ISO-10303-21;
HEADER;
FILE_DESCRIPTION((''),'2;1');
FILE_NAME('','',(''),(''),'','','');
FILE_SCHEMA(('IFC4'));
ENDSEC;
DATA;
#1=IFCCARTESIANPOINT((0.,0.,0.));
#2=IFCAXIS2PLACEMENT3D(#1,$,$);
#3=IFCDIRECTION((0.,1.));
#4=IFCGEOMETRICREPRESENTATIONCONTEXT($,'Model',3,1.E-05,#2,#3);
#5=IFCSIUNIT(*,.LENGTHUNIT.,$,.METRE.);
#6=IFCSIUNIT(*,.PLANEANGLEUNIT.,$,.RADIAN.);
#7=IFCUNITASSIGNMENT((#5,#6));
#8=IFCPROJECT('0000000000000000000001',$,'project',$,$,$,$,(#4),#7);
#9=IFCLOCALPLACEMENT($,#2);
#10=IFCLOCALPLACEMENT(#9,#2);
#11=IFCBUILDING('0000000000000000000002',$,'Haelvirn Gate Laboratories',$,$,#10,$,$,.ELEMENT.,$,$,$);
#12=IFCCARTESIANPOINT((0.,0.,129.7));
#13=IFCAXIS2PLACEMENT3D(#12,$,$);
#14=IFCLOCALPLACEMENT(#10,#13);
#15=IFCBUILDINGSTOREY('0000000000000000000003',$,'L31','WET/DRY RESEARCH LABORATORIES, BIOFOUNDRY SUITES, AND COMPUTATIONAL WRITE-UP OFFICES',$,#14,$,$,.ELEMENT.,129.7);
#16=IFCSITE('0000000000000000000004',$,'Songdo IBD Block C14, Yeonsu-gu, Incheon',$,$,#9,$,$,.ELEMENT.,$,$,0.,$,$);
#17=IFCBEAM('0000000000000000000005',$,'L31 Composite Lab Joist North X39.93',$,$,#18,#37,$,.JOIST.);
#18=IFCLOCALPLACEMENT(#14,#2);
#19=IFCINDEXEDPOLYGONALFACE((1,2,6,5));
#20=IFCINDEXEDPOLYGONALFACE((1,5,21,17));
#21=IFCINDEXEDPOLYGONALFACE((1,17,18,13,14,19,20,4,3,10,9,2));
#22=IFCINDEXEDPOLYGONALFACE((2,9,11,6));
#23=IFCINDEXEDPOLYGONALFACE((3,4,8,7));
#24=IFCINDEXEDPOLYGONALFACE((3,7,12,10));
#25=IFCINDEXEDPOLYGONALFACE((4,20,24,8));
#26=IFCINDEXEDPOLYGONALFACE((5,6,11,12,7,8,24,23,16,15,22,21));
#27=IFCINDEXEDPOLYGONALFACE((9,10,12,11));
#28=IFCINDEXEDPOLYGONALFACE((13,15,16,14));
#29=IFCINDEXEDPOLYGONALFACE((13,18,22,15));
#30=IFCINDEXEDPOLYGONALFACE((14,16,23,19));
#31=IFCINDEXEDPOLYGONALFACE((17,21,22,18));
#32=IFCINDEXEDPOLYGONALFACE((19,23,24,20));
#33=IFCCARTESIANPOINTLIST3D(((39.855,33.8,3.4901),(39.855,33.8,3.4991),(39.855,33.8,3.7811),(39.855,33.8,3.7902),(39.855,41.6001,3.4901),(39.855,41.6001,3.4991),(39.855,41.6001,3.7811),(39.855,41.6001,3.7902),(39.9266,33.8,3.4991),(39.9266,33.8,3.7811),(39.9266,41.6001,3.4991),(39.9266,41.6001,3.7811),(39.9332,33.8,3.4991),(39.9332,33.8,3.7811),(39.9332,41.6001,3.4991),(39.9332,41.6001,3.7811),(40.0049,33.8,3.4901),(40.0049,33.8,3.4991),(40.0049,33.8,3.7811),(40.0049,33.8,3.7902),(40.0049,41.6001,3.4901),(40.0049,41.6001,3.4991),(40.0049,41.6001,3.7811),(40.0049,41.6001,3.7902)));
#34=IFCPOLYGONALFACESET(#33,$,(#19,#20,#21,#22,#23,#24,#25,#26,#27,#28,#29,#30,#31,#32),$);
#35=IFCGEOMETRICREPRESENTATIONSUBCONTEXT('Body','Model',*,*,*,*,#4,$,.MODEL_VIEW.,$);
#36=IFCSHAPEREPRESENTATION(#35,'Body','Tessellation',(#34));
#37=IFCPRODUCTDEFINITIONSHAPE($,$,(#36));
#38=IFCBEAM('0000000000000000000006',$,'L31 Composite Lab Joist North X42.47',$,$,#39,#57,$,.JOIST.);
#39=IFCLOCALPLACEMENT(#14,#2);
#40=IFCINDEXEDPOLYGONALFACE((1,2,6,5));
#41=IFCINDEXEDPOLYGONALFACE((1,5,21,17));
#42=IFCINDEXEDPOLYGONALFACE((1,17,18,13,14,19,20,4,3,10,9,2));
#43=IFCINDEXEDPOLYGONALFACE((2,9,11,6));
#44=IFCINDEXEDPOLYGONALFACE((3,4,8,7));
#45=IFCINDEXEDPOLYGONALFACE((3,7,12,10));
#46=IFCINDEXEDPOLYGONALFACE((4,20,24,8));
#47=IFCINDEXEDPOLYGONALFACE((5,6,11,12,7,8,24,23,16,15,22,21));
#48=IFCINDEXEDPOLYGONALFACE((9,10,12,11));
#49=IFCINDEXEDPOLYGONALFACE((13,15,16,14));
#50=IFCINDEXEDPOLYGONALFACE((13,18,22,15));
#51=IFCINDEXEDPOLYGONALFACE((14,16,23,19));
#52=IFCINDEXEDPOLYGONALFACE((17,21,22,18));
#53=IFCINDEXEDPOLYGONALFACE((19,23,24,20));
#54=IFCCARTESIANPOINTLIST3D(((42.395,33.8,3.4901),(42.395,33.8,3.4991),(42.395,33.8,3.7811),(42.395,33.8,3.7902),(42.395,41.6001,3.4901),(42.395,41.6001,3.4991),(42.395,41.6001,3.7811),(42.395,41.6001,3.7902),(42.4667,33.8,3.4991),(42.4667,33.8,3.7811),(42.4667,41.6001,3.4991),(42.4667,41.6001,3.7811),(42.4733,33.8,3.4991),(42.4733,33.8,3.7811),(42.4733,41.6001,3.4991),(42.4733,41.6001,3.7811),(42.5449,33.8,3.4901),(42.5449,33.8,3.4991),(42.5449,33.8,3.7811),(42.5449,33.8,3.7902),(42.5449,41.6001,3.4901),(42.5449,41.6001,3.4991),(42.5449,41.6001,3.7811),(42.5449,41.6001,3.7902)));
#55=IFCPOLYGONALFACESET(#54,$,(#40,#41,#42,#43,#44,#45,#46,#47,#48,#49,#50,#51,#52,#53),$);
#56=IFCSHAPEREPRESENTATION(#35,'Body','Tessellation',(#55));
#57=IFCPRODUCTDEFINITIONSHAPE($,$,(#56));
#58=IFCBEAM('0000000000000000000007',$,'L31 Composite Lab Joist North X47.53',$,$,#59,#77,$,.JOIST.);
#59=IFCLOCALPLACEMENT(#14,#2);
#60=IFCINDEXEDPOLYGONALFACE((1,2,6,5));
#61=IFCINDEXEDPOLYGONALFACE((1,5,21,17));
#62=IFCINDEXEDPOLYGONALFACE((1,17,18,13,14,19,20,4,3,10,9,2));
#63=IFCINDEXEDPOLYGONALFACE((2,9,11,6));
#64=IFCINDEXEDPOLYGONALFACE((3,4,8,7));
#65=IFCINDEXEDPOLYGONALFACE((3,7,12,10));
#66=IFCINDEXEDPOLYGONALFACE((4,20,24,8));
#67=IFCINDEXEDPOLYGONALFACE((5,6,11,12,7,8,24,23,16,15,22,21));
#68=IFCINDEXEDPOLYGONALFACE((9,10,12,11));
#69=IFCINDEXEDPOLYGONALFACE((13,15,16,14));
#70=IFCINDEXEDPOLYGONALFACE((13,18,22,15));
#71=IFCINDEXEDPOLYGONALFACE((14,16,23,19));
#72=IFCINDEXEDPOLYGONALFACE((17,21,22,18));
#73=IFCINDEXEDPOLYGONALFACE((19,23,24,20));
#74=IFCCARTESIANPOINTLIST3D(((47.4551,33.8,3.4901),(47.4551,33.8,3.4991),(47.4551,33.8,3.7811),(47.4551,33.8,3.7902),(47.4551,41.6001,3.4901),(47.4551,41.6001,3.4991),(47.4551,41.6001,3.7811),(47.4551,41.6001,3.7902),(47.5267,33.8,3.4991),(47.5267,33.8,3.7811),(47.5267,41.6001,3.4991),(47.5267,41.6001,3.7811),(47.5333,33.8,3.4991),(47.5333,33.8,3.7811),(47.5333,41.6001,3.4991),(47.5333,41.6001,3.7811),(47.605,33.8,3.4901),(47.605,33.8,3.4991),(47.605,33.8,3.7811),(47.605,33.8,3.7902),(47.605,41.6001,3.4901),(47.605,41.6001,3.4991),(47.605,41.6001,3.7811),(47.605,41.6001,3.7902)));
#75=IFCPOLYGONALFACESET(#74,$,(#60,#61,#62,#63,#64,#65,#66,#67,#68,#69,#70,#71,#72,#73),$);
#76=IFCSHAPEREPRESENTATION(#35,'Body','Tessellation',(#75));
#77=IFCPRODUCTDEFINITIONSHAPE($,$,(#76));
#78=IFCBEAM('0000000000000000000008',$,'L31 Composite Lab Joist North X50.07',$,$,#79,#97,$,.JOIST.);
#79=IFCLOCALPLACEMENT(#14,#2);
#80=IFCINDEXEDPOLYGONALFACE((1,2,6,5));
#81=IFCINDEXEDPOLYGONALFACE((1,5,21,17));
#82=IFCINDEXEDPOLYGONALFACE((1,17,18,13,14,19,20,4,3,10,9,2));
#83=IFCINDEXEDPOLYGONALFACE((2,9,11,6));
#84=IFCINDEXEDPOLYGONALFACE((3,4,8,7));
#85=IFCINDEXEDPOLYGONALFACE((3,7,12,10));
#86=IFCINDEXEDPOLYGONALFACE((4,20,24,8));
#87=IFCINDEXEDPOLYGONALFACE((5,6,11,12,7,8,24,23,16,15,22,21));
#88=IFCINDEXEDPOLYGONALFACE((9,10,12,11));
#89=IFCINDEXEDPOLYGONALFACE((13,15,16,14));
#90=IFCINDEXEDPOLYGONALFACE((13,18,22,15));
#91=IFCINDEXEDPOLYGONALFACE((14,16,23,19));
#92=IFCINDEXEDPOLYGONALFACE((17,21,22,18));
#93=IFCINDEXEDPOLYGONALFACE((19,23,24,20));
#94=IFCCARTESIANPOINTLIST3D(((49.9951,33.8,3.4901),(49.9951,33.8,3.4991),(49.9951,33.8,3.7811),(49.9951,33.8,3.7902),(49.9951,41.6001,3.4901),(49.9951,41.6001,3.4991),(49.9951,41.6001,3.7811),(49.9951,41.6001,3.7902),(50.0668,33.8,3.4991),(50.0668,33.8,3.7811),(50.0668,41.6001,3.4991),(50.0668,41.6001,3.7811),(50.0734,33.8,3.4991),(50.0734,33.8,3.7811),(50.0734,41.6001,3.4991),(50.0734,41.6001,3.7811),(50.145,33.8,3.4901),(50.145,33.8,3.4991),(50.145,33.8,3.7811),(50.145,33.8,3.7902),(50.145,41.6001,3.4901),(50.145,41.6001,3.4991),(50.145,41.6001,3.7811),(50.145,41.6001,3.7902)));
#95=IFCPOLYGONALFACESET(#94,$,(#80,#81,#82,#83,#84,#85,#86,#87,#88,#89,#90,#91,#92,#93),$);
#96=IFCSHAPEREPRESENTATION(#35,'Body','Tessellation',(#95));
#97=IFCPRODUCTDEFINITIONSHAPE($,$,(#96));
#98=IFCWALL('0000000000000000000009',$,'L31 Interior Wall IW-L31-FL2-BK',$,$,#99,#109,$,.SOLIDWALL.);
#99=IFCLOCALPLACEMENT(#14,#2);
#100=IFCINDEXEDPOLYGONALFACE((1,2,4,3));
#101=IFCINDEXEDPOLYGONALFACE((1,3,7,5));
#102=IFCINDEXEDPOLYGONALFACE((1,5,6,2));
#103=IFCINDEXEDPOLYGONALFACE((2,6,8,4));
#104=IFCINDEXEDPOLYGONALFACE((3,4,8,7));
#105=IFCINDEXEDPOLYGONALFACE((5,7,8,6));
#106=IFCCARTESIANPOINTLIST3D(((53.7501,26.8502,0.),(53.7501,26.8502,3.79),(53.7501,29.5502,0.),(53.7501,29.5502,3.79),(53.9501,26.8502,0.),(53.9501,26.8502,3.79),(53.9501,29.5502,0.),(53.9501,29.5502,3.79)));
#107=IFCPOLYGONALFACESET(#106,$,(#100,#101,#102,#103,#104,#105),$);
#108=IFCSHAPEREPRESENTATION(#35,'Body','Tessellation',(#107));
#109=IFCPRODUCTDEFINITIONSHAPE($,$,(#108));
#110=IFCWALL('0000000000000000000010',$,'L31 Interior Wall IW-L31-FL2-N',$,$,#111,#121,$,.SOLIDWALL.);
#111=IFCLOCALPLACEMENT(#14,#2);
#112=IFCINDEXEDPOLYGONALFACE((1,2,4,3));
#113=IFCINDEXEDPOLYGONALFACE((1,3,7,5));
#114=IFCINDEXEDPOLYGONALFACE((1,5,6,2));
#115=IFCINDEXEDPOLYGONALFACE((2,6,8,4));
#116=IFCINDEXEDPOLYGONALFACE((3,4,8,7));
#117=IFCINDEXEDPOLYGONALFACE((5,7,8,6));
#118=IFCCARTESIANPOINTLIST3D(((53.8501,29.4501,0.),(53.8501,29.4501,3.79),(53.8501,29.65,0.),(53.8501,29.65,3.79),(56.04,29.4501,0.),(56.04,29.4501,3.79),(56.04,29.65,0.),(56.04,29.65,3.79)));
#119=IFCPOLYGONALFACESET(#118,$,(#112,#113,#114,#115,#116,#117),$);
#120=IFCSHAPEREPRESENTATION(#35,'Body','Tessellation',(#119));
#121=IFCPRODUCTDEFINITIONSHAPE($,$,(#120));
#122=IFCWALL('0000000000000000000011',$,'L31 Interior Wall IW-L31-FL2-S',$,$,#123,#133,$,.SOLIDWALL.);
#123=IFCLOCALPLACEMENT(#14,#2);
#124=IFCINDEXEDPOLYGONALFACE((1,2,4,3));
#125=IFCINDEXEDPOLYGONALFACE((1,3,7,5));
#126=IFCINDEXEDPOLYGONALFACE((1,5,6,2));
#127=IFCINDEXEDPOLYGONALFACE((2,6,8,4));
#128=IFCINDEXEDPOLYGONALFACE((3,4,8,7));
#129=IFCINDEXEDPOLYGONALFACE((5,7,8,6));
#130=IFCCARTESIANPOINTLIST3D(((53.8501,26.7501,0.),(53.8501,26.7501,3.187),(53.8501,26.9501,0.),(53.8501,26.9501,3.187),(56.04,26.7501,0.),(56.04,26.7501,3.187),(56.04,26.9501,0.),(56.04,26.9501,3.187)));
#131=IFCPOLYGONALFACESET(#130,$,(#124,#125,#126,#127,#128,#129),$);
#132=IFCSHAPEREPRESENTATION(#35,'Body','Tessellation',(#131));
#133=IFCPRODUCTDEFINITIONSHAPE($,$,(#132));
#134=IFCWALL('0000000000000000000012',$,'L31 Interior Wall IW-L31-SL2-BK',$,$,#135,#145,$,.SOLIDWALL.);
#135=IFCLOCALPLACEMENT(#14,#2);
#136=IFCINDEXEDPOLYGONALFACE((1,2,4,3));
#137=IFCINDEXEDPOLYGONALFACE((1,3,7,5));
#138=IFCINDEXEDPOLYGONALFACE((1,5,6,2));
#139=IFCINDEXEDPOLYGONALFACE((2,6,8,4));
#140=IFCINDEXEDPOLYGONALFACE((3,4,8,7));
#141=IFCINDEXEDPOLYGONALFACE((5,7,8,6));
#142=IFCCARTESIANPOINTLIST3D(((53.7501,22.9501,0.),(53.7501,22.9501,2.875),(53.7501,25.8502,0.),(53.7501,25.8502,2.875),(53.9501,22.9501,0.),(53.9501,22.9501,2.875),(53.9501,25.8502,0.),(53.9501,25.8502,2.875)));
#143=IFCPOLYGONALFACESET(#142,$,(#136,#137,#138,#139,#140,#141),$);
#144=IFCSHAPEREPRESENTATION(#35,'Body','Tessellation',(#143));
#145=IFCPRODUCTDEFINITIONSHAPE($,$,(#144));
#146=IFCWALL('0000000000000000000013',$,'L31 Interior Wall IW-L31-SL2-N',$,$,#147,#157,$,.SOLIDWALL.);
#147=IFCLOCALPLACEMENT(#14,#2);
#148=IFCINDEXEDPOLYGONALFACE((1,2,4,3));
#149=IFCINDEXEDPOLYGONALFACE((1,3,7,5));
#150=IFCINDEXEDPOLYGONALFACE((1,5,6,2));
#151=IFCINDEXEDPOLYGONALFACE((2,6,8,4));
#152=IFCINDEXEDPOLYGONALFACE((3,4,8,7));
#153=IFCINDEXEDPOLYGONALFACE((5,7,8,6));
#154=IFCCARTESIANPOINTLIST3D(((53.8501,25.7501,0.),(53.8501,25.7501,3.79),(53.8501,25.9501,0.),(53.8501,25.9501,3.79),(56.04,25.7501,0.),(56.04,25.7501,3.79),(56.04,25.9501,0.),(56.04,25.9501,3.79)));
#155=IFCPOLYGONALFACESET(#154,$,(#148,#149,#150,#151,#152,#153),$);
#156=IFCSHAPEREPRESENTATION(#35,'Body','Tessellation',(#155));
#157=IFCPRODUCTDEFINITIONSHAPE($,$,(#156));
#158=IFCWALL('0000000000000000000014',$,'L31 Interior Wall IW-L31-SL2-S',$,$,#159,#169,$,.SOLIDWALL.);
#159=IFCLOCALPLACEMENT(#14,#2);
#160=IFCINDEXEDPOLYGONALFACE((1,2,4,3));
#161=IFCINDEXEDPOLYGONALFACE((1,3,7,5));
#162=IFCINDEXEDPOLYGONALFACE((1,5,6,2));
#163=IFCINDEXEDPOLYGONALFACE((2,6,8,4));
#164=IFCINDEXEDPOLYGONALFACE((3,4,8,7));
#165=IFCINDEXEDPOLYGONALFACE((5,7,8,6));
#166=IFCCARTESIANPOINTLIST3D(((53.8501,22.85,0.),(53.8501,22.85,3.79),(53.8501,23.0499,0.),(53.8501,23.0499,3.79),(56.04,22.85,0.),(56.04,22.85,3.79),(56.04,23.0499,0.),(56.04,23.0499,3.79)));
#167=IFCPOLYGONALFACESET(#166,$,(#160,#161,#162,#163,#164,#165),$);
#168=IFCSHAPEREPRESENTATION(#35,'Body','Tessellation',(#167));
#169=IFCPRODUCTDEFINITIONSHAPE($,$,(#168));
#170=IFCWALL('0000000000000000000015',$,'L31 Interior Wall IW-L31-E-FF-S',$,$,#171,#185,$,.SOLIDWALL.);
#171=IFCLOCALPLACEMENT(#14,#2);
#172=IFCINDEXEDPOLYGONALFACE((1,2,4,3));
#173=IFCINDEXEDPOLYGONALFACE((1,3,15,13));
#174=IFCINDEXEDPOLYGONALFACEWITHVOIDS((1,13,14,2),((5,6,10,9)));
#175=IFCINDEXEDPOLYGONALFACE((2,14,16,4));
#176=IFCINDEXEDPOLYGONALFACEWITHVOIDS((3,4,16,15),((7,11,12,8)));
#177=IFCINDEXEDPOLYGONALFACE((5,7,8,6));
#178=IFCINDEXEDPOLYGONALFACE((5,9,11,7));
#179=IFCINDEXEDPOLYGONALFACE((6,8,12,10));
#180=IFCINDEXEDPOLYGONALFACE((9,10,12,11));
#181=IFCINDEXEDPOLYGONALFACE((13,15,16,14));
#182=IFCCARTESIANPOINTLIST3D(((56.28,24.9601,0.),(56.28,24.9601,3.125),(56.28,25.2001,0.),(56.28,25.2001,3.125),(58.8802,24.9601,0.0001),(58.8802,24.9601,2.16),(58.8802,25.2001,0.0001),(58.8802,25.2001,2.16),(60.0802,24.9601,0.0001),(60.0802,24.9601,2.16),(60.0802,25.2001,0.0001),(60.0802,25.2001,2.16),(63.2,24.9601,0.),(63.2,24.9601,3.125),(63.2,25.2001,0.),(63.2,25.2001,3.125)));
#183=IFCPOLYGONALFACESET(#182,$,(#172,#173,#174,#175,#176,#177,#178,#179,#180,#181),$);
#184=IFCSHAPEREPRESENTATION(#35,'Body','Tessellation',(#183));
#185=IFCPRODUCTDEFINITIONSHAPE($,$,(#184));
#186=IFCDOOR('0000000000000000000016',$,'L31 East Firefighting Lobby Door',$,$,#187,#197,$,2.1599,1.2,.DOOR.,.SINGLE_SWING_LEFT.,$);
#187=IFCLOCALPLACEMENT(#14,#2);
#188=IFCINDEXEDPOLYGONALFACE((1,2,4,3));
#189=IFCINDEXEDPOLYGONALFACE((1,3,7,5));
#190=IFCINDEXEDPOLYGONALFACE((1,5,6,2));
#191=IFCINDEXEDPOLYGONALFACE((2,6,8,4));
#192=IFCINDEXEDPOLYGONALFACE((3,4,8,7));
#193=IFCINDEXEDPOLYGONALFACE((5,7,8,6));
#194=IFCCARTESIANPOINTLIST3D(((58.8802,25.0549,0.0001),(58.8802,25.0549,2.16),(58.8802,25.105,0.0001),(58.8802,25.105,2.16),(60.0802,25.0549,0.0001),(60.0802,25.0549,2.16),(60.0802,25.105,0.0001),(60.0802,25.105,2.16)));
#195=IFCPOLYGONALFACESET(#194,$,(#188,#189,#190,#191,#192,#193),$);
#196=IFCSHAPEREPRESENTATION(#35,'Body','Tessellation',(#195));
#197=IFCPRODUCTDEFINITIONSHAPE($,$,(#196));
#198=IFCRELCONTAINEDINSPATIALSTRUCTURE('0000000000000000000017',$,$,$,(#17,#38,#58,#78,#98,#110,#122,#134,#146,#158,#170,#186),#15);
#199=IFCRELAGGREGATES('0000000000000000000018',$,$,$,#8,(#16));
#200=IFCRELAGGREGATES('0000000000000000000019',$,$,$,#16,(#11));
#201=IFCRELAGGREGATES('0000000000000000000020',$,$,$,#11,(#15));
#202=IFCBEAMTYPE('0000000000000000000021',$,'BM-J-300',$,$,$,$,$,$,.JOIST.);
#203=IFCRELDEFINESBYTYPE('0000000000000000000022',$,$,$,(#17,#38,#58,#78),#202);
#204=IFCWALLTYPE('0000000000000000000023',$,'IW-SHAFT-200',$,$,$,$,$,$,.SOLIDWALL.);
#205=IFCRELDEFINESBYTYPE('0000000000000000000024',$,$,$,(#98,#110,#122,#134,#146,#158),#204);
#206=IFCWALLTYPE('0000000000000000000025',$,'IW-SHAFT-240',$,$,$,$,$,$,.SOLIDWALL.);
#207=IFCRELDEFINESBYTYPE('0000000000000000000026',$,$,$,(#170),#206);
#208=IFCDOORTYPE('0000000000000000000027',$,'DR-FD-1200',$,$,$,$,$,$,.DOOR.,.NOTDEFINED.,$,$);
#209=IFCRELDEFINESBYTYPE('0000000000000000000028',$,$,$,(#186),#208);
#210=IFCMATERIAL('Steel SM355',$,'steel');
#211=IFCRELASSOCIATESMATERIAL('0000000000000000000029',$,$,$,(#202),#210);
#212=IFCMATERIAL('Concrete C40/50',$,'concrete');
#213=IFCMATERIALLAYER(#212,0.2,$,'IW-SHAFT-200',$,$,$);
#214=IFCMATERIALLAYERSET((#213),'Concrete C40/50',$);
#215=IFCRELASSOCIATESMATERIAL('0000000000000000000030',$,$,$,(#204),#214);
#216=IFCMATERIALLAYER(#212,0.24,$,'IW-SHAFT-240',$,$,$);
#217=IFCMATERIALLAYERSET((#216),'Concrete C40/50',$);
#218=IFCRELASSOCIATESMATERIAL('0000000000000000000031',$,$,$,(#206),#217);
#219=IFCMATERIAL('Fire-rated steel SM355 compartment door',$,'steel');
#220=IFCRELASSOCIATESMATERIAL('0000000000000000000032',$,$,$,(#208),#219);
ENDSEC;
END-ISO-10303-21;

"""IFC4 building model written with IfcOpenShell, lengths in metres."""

from ifc_helpers import new_model, si_unit, direction, frame, frame_2d, origin, origin_2d, place, context, subcontext, project, spatial, rectangle, i_section, extrude, source, transform, mapped, material, layer, layer_set, material_profile, profile_set, type_object, type_shapes, element, fill, save


model = new_model("IFC4")

# Units and contexts
model_context = context("Model", 3, precision=1e-05, world=origin(), true_north=direction((0.0, 1.0)))
body_context = subcontext(model_context, "Body", "Model", "MODEL_VIEW")
ifc_project = project(units=[si_unit("LENGTHUNIT", "METRE"), si_unit("PLANEANGLEUNIT", "RADIAN")], contexts=[model_context])

# Site, building, storey
site_placement = place(None, origin())
site = spatial("IfcSite", under=ifc_project, at=site_placement, Name="Songdo IBD Block C14, Yeonsu-gu, Incheon", CompositionType="ELEMENT", RefElevation=0.0)
building_placement = place(site_placement, origin())
building = spatial("IfcBuilding", under=site, at=building_placement, Name="Haelvirn Gate Laboratories", CompositionType="ELEMENT")
storey_placement = place(building_placement, frame((0.0, 0.0, 129.7)))
storey = spatial("IfcBuildingStorey", under=building, at=storey_placement, Name="L31", Description="WET/DRY RESEARCH LABORATORIES, BIOFOUNDRY SUITES, AND COMPUTATIONAL WRITE-UP OFFICES", CompositionType="ELEMENT", Elevation=129.7)

# Shared definitions
ifc_material_1 = material(Name="Steel SM355", Category="steel")

# Beams
ifc_material_profile_1 = material_profile(ifc_material_1, i_section(OverallWidth=0.1499, OverallDepth=0.3, WebThickness=0.0066, FlangeThickness=0.009, at=origin_2d()), Name="H-300x150x6.5x9")
ifc_profile_set_1 = profile_set([ifc_material_profile_1], Name="Steel SM355")
beam_type_1 = type_object("IfcBeamType", Name="BM-J-300", PredefinedType="JOIST", material=ifc_profile_set_1)
shared_shape_1 = source(origin(), body_context, "Body", "SweptSolid", [
    extrude(i_section(OverallWidth=0.1499, OverallDepth=0.3, WebThickness=0.0066, FlangeThickness=0.009, at=origin_2d()), origin(), (0.0, 0.0, 1.0), 7.8),
])
type_shapes(beam_type_1, [shared_shape_1])
for number, where, z_axis, x_axis, name in (
    (1, (39.9299, 33.8, 3.6401), (0.0, 1.0, 0.0), (-1.0, 0.0, 0.0), "L31 Composite Lab Joist North X39.93"),
    (2, (42.47, 33.8, 3.6401), (0.0, 1.0, 0.0), (-1.0, 0.0, 0.0), "L31 Composite Lab Joist North X42.47"),
    (3, (47.53, 33.8, 3.6401), (0.0, 1.0, 0.0), (-1.0, 0.0, 0.0), "L31 Composite Lab Joist North X47.53"),
    (4, (50.0701, 33.8, 3.6401), (0.0, 1.0, 0.0), (-1.0, 0.0, 0.0), "L31 Composite Lab Joist North X50.07"),
):
    element("IfcBeam", number, at=place(storey_placement, frame(where, z_axis=z_axis, x_axis=x_axis)), inside=storey, type_object=beam_type_1, Name=name, PredefinedType="JOIST", context=body_context, shape_type="MappedRepresentation", body=[
        mapped(shared_shape_1, transform((0.0, 0.0, 0.0), scale=1.0)),
    ])

# Walls
ifc_material_2 = material(Name="Concrete C40/50", Category="concrete")
ifc_layer_1 = layer(ifc_material_2, 0.2, Name="IW-SHAFT-200")
ifc_layer_set_1 = layer_set([ifc_layer_1], Name="Concrete C40/50")
wall_type_1 = type_object("IfcWallType", Name="IW-SHAFT-200", PredefinedType="SOLIDWALL", material=ifc_layer_set_1)
wall_1_placement = place(storey_placement, frame((53.8501, 26.8501, 0.0), z_axis=(0.0, 0.0, 1.0), x_axis=(0.0, 1.0, 0.0)))
element("IfcWall", 5, at=wall_1_placement, inside=storey, type_object=wall_type_1, Name="L31 Interior Wall IW-L31-FL2-BK", PredefinedType="SOLIDWALL", context=body_context, shape_type="SweptSolid", body=[
    extrude(rectangle(XDim=2.7, YDim=0.2, at=frame_2d((1.3501, 0.0))), origin(), (0.0, 0.0, 1.0), 3.79),
])
wall_2_placement = place(storey_placement, frame((53.8501, 29.55, 0.0), z_axis=(0.0, 0.0, 1.0), x_axis=(1.0, 0.0, 0.0)))
element("IfcWall", 6, at=wall_2_placement, inside=storey, type_object=wall_type_1, Name="L31 Interior Wall IW-L31-FL2-N", PredefinedType="SOLIDWALL", context=body_context, shape_type="SweptSolid", body=[
    extrude(rectangle(XDim=2.1899, YDim=0.2, at=frame_2d((1.095, 0.0))), origin(), (0.0, 0.0, 1.0), 3.79),
])
wall_3_placement = place(storey_placement, frame((53.8501, 26.8501, 0.0), z_axis=(0.0, 0.0, 1.0), x_axis=(1.0, 0.0, 0.0)))
element("IfcWall", 7, at=wall_3_placement, inside=storey, type_object=wall_type_1, Name="L31 Interior Wall IW-L31-FL2-S", PredefinedType="SOLIDWALL", context=body_context, shape_type="SweptSolid", body=[
    extrude(rectangle(XDim=2.1899, YDim=0.2, at=frame_2d((1.095, 0.0))), origin(), (0.0, 0.0, 1.0), 3.187),
])
wall_4_placement = place(storey_placement, frame((53.8501, 22.95, 0.0), z_axis=(0.0, 0.0, 1.0), x_axis=(0.0, 1.0, 0.0)))
element("IfcWall", 8, at=wall_4_placement, inside=storey, type_object=wall_type_1, Name="L31 Interior Wall IW-L31-SL2-BK", PredefinedType="SOLIDWALL", context=body_context, shape_type="SweptSolid", body=[
    extrude(rectangle(XDim=2.9001, YDim=0.2, at=frame_2d((1.4502, 0.0))), origin(), (0.0, 0.0, 1.0), 2.875),
])
for number, where, z_axis, x_axis, name in (
    (9, (53.8501, 25.8501, 0.0), (0.0, 0.0, 1.0), (1.0, 0.0, 0.0), "L31 Interior Wall IW-L31-SL2-N"),
    (10, (53.8501, 22.95, 0.0), (0.0, 0.0, 1.0), (1.0, 0.0, 0.0), "L31 Interior Wall IW-L31-SL2-S"),
):
    element("IfcWall", number, at=place(storey_placement, frame(where, z_axis=z_axis, x_axis=x_axis)), inside=storey, type_object=wall_type_1, Name=name, PredefinedType="SOLIDWALL", context=body_context, shape_type="SweptSolid", body=[
        extrude(rectangle(XDim=2.1899, YDim=0.2, at=frame_2d((1.095, 0.0))), origin(), (0.0, 0.0, 1.0), 3.79),
    ])

# Wall, opening, door
ifc_layer_2 = layer(ifc_material_2, 0.24, Name="IW-SHAFT-240")
ifc_layer_set_2 = layer_set([ifc_layer_2], Name="Concrete C40/50")
wall_type_2 = type_object("IfcWallType", Name="IW-SHAFT-240", PredefinedType="SOLIDWALL", material=ifc_layer_set_2)
wall_5_placement = place(storey_placement, frame((56.28, 25.0801, 0.0), z_axis=(0.0, 0.0, 1.0), x_axis=(1.0, 0.0, 0.0)))
wall_5 = element("IfcWall", 11, at=wall_5_placement, inside=storey, type_object=wall_type_2, Name="L31 Interior Wall IW-L31-E-FF-S", PredefinedType="SOLIDWALL", context=body_context, shape_type="SweptSolid", body=[
    extrude(rectangle(XDim=6.9199, YDim=0.24, at=frame_2d((3.46, 0.0))), origin(), (0.0, 0.0, 1.0), 3.125),
])
opening_1_placement = place(wall_5_placement, frame((2.6001, 0.0, 0.0)))
opening_1 = element("IfcOpeningElement", 12, at=opening_1_placement, cuts=wall_5, PredefinedType="OPENING", context=body_context, shape_type="SweptSolid", body=[
    extrude(rectangle(XDim=1.2, YDim=2.1599, at=frame_2d((0.6001, 1.0801))), frame((0.0, 0.1299, 0.0), z_axis=(0.0, -1.0, 0.0), x_axis=(1.0, 0.0, 0.0)), (0.0, 0.0, 1.0), 0.26),
])
ifc_material_3 = material(Name="Fire-rated steel SM355 compartment door", Category="steel")
door_type_1 = type_object("IfcDoorType", Name="DR-FD-1200", OperationType="NOTDEFINED", PredefinedType="DOOR", material=ifc_material_3)
shared_shape_2 = source(origin(), body_context, "Body", "SweptSolid", [
    extrude(rectangle(XDim=1.2, YDim=2.1599, at=frame_2d((0.6001, 1.0801))), frame((0.0, 0.0249, 0.0), z_axis=(0.0, -1.0, 0.0), x_axis=(1.0, 0.0, 0.0)), (0.0, 0.0, 1.0), 0.05),
])
type_shapes(door_type_1, [shared_shape_2])
door_1_placement = place(opening_1_placement, origin())
door_1 = element("IfcDoor", 13, at=door_1_placement, inside=storey, type_object=door_type_1, Name="L31 East Firefighting Lobby Door", OperationType="SINGLE_SWING_LEFT", OverallHeight=2.1599, OverallWidth=1.2, PredefinedType="DOOR", context=body_context, shape_type="MappedRepresentation", body=[
    mapped(shared_shape_2, transform((0.0, 0.0, 0.0), scale=1.0)),
])
fill(opening_1, door_1)

save(model, "model.ifc")
